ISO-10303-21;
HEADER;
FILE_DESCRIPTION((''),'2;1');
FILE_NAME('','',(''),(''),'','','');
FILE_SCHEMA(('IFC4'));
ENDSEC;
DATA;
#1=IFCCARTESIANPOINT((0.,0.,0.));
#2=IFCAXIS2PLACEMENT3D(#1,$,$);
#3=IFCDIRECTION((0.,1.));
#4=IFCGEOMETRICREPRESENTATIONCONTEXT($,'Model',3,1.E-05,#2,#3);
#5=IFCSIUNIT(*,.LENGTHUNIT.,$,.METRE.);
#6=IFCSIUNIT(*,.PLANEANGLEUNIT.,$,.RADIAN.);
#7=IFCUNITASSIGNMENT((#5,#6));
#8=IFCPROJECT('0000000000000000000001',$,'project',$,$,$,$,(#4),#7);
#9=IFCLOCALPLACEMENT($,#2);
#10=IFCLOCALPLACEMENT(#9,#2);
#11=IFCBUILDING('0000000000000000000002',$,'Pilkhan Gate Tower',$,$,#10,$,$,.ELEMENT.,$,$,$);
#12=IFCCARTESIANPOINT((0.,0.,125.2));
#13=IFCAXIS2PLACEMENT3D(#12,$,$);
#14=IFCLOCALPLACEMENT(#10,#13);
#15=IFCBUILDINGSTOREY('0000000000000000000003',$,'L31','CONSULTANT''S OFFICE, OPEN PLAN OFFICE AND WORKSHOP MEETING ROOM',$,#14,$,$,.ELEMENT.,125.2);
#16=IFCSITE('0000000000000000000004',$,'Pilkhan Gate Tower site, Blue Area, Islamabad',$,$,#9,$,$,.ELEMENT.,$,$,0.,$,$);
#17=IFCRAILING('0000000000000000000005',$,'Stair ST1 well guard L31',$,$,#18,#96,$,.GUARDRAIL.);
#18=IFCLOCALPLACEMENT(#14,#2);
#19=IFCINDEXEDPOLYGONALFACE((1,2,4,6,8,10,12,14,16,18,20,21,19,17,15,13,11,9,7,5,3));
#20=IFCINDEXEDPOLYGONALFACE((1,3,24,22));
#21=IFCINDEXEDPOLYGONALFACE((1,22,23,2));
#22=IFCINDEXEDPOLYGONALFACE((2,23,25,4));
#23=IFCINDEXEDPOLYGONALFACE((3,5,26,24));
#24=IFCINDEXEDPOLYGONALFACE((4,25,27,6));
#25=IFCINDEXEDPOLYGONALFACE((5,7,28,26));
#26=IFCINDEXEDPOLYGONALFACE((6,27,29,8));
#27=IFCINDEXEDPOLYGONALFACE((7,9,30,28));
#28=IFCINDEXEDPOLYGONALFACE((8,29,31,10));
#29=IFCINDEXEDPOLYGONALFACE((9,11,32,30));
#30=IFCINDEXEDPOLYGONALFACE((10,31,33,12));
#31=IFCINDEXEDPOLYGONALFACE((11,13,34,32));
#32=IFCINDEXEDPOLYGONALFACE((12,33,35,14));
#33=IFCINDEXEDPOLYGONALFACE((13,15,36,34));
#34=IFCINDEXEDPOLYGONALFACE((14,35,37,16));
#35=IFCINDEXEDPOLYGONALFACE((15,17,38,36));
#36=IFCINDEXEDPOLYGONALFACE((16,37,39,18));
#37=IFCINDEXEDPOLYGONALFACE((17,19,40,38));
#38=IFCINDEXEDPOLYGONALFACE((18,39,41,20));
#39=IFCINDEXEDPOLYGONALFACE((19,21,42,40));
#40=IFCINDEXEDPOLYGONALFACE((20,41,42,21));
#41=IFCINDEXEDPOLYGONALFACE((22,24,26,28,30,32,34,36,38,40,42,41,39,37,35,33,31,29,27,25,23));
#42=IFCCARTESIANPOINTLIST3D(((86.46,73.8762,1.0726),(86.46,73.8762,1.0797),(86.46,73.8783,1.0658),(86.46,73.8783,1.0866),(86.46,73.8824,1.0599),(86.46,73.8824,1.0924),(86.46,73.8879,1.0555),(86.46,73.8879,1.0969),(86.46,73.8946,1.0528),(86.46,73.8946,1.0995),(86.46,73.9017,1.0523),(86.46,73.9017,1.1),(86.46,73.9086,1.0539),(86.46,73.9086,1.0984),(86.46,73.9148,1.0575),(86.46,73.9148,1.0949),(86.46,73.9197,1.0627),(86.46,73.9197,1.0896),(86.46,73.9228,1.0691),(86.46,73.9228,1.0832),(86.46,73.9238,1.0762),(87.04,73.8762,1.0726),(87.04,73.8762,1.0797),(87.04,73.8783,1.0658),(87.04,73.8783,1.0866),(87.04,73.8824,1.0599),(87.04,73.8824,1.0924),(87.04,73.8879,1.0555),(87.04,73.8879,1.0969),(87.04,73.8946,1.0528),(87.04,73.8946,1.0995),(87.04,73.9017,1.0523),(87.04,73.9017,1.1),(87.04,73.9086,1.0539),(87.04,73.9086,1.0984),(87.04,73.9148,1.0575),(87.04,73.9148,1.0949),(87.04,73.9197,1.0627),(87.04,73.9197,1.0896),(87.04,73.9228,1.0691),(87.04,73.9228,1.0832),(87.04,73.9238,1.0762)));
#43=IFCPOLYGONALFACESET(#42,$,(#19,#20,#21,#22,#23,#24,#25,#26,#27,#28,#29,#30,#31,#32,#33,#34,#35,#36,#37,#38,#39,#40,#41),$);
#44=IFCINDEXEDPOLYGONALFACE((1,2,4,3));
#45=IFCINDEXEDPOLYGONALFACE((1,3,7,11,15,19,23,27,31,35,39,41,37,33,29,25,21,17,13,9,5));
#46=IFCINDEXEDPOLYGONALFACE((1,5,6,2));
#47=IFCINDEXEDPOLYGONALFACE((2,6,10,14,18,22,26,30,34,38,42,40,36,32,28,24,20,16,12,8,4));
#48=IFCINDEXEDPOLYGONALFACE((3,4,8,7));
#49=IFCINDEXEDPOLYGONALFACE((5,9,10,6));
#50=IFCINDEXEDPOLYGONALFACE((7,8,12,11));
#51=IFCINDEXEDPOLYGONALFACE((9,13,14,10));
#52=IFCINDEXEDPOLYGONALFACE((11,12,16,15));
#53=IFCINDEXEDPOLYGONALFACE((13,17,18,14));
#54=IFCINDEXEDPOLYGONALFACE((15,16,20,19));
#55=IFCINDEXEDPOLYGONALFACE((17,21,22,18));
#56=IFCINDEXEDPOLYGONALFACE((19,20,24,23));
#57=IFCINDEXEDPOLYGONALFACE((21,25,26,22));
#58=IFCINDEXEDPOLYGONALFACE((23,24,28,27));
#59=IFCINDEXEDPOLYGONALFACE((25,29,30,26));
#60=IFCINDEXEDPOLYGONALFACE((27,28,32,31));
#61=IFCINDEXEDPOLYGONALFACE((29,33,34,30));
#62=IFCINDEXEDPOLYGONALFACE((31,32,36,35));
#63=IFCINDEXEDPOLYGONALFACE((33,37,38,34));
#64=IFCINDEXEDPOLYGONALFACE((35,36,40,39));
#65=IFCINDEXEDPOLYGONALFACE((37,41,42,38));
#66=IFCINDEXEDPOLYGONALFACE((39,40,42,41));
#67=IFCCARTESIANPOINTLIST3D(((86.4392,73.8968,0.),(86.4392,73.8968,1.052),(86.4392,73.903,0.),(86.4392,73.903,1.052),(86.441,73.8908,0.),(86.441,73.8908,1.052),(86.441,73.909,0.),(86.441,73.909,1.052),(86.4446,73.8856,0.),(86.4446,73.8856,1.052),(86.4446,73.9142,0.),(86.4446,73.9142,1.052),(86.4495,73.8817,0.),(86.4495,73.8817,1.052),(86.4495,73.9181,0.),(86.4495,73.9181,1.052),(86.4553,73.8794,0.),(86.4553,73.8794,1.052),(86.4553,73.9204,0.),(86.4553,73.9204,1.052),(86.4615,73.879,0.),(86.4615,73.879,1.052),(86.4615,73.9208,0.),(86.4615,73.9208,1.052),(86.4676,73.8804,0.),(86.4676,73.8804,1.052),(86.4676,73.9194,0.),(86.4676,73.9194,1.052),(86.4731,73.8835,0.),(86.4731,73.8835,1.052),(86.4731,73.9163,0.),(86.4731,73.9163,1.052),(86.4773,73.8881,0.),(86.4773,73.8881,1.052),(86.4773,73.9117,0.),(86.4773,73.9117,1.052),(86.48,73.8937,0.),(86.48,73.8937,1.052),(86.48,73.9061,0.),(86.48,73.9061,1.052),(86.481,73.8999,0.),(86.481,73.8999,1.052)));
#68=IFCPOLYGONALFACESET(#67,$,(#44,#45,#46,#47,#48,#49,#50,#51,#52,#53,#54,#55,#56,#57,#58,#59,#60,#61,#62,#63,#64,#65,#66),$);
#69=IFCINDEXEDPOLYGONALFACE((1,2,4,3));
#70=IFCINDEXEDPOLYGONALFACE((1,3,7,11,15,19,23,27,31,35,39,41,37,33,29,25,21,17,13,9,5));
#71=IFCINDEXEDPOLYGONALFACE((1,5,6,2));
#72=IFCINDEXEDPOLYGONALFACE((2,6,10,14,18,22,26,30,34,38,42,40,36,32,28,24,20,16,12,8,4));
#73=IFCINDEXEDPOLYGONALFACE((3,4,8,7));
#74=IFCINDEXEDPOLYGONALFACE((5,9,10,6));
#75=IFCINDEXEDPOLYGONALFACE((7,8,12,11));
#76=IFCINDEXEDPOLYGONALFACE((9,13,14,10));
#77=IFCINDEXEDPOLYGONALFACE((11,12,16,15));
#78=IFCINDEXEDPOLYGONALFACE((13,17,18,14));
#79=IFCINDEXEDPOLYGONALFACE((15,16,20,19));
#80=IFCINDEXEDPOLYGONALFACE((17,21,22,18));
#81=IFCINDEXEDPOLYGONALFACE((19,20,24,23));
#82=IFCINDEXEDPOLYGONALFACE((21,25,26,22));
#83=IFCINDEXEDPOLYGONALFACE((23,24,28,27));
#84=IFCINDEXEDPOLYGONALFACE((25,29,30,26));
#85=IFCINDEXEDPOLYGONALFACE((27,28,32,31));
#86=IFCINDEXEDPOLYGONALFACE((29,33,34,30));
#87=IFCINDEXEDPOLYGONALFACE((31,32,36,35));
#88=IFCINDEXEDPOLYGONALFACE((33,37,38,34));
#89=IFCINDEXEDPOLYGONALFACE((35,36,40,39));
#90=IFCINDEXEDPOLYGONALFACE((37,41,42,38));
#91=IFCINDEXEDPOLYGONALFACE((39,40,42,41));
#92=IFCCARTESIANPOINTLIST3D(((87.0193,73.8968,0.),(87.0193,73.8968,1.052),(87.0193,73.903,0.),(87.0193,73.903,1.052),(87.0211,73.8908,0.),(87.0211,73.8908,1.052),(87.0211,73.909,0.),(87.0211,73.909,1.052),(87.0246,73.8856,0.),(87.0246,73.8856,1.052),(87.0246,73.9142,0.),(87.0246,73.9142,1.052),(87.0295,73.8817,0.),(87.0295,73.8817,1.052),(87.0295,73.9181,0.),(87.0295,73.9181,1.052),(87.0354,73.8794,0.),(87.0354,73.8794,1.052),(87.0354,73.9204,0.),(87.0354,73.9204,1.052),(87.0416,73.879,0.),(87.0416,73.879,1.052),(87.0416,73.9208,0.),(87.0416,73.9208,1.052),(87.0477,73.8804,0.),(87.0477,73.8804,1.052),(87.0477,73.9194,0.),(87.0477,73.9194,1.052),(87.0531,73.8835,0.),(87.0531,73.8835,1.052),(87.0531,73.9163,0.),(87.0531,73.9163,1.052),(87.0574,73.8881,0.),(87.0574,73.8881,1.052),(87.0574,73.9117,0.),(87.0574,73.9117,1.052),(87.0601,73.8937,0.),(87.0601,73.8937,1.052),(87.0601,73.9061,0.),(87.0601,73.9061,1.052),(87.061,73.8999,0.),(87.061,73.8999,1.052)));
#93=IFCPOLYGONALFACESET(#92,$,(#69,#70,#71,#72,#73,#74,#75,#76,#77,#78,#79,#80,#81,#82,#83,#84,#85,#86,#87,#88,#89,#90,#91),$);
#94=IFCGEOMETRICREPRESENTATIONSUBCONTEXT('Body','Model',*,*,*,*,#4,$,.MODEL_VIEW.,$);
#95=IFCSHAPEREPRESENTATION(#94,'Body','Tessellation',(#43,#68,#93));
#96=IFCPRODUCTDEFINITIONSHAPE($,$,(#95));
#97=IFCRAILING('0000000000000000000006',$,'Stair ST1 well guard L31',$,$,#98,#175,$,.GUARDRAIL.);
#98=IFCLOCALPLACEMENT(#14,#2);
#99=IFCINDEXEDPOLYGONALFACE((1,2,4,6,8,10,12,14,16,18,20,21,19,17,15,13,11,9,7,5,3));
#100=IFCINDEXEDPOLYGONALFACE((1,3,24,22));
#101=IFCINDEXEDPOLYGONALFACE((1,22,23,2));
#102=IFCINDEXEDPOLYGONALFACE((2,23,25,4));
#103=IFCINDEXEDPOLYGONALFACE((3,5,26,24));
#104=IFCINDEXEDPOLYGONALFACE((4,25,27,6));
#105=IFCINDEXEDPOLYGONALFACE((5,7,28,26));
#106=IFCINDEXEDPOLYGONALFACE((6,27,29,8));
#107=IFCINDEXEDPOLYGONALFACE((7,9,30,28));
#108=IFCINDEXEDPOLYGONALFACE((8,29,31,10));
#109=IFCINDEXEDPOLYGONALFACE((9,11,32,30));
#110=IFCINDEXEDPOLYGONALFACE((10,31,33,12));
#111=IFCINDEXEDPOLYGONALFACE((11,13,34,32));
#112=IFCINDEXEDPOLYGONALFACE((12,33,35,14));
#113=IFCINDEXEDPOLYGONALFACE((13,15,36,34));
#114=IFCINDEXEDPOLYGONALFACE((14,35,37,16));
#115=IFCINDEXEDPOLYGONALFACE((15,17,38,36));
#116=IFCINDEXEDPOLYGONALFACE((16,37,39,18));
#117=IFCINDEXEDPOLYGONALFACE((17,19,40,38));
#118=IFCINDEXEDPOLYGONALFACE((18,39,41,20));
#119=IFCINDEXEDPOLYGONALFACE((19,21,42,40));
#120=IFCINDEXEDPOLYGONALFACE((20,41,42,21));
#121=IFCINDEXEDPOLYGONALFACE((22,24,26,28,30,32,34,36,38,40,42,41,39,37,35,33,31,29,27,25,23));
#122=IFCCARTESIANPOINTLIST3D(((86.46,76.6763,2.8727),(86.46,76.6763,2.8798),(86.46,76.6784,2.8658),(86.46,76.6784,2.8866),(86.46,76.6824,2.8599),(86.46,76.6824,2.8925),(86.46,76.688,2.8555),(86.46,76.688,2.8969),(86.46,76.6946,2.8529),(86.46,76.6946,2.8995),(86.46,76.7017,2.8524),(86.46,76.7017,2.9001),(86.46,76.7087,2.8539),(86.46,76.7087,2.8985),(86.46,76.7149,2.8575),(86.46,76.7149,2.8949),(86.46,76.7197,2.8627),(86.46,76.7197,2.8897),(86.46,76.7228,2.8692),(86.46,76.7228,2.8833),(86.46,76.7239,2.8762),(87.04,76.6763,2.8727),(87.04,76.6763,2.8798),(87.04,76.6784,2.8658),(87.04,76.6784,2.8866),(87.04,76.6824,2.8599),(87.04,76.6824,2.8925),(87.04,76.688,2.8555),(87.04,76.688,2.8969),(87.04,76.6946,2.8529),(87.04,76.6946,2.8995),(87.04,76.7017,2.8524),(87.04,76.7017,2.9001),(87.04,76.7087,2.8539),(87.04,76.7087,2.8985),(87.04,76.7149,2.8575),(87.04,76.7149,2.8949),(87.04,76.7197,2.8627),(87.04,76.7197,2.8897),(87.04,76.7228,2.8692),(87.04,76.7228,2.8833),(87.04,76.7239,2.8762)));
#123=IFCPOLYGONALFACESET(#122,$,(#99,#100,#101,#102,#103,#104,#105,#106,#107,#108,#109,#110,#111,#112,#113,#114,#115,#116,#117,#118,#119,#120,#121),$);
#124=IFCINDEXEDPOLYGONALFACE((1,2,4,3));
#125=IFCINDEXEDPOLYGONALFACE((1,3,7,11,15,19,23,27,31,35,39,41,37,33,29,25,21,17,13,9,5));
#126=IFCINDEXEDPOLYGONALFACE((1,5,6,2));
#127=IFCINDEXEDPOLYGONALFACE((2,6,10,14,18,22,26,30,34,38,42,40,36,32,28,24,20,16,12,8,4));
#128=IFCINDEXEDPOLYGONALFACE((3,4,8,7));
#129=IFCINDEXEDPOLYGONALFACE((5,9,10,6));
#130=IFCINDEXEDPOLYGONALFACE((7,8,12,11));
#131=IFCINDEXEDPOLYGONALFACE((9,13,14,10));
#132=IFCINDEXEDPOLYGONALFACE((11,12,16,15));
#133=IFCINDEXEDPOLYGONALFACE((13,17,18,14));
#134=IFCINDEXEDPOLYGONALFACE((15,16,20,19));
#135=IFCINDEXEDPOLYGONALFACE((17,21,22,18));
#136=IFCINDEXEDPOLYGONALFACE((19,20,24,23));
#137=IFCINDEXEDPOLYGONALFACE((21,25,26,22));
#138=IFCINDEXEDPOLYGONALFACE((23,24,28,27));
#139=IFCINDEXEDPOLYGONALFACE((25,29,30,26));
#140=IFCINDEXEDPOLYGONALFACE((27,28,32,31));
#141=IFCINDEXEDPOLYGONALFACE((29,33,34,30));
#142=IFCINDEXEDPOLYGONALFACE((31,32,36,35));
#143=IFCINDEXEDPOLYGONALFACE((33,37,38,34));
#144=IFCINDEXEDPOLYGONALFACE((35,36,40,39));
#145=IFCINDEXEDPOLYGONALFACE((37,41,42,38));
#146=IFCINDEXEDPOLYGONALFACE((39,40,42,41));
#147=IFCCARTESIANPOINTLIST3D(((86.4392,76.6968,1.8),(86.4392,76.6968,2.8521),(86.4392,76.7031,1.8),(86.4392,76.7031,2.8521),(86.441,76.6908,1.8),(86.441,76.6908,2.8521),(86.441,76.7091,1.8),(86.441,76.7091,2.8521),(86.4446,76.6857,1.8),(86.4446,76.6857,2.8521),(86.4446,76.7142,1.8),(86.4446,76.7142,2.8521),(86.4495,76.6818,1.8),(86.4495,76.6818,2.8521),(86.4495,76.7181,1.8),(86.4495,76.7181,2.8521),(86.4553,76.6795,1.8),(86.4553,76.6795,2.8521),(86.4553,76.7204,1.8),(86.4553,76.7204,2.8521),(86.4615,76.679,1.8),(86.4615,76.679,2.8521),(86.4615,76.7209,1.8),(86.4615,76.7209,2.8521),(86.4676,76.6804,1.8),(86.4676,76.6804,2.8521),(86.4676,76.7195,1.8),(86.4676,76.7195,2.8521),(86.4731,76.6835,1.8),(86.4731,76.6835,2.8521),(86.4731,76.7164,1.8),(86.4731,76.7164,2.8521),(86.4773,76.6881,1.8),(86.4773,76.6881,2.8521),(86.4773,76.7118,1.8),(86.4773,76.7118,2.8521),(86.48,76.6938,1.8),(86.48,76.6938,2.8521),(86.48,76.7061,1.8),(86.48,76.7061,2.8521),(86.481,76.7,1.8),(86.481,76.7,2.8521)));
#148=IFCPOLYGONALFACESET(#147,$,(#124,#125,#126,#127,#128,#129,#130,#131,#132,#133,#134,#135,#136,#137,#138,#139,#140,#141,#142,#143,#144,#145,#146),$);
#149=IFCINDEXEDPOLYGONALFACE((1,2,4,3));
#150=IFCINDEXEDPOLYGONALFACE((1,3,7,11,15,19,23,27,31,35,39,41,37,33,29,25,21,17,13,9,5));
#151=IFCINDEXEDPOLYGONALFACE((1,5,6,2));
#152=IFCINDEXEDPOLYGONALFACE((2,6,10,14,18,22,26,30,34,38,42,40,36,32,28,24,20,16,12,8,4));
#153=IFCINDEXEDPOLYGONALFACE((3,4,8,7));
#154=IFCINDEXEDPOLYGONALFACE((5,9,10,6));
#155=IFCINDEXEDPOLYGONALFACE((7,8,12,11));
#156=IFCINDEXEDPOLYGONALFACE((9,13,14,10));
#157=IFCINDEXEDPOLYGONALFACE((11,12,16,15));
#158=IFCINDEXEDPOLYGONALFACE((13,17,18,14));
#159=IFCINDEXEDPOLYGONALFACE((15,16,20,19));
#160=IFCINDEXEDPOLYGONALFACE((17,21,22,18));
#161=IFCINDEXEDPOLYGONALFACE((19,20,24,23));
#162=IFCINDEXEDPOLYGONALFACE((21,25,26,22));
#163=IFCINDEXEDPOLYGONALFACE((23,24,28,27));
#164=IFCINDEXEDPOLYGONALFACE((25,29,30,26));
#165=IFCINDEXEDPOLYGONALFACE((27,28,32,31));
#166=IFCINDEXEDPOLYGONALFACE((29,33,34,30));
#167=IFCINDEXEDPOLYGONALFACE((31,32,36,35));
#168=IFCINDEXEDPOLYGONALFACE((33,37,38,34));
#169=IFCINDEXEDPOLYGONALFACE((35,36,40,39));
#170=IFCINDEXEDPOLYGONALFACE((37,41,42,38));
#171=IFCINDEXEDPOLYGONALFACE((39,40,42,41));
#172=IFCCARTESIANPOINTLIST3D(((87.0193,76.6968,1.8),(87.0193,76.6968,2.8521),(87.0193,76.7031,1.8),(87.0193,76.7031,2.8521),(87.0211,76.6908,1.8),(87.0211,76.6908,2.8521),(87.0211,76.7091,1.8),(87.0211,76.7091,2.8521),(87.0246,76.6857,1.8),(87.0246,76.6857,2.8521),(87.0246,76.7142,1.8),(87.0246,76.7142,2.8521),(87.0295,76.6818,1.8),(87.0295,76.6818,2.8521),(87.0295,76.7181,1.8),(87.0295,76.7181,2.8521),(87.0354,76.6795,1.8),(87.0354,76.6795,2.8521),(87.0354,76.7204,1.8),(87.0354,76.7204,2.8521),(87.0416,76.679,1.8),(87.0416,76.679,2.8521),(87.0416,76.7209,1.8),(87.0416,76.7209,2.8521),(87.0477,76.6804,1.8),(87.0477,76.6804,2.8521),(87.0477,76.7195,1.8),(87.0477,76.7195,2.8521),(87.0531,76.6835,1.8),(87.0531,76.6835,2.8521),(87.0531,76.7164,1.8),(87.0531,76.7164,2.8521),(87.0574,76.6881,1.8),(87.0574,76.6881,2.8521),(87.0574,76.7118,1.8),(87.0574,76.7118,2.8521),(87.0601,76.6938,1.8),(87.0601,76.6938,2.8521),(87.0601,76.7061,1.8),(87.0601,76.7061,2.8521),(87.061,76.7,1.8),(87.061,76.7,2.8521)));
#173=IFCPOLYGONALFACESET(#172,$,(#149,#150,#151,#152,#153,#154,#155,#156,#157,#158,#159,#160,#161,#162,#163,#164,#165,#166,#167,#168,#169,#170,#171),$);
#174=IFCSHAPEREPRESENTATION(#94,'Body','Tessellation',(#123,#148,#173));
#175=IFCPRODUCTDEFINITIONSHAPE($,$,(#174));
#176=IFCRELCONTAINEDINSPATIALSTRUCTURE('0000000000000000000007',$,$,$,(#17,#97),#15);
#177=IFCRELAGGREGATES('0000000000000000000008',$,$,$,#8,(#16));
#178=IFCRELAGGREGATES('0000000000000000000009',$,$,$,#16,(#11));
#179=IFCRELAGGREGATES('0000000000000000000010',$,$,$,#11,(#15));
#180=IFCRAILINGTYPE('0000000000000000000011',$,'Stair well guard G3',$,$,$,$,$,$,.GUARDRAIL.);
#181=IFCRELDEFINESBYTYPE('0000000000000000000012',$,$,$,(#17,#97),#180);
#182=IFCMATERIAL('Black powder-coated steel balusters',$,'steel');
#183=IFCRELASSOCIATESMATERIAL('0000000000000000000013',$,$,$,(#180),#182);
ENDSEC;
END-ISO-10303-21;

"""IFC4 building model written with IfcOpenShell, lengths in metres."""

from ifc_helpers import new_model, si_unit, direction, frame, origin, origin_2d, place, context, subcontext, project, spatial, circle, extrude, material, type_object, element, save


model = new_model("IFC4")

# Units and contexts
model_context = context("Model", 3, precision=1e-05, world=origin(), true_north=direction((0.0, 1.0)))
body_context = subcontext(model_context, "Body", "Model", "MODEL_VIEW")
ifc_project = project(units=[si_unit("LENGTHUNIT", "METRE"), si_unit("PLANEANGLEUNIT", "RADIAN")], contexts=[model_context])

# Site, building, storey
site_placement = place(None, origin())
site = spatial("IfcSite", under=ifc_project, at=site_placement, Name="Pilkhan Gate Tower site, Blue Area, Islamabad", CompositionType="ELEMENT", RefElevation=0.0)
building_placement = place(site_placement, origin())
building = spatial("IfcBuilding", under=site, at=building_placement, Name="Pilkhan Gate Tower", CompositionType="ELEMENT")
storey_placement = place(building_placement, frame((0.0, 0.0, 125.2)))
storey = spatial("IfcBuildingStorey", under=building, at=storey_placement, Name="L31", Description="CONSULTANT'S OFFICE, OPEN PLAN OFFICE AND WORKSHOP MEETING ROOM", CompositionType="ELEMENT", Elevation=125.2)

# Railings
ifc_material_1 = material(Name="Black powder-coated steel balusters", Category="steel")
railing_type_1 = type_object("IfcRailingType", Name="Stair well guard G3", PredefinedType="GUARDRAIL", material=ifc_material_1)
for number, where, name in (
    (1, (86.46, 73.8999, 0.0), "Stair ST1 well guard L31"),
    (2, (86.46, 76.7, 1.8), "Stair ST1 well guard L31"),
):
    element("IfcRailing", number, at=place(storey_placement, frame(where)), inside=storey, type_object=railing_type_1, Name=name, PredefinedType="GUARDRAIL", context=body_context, shape_type="SweptSolid", body=[
        extrude(circle(Radius=0.0239, at=origin_2d()), frame((0.0, 0.0, 1.0762), z_axis=(1.0, 0.0, 0.0), x_axis=(0.0, 1.0, 0.0)), (0.0, 0.0, 1.0), 0.5801),
        extrude(circle(Radius=0.021, at=origin_2d()), origin(), (0.0, 0.0, 1.0), 1.052),
        extrude(circle(Radius=0.021, at=origin_2d()), frame((0.5801, 0.0, 0.0)), (0.0, 0.0, 1.0), 1.052),
    ])

save(model, "model.ifc")
